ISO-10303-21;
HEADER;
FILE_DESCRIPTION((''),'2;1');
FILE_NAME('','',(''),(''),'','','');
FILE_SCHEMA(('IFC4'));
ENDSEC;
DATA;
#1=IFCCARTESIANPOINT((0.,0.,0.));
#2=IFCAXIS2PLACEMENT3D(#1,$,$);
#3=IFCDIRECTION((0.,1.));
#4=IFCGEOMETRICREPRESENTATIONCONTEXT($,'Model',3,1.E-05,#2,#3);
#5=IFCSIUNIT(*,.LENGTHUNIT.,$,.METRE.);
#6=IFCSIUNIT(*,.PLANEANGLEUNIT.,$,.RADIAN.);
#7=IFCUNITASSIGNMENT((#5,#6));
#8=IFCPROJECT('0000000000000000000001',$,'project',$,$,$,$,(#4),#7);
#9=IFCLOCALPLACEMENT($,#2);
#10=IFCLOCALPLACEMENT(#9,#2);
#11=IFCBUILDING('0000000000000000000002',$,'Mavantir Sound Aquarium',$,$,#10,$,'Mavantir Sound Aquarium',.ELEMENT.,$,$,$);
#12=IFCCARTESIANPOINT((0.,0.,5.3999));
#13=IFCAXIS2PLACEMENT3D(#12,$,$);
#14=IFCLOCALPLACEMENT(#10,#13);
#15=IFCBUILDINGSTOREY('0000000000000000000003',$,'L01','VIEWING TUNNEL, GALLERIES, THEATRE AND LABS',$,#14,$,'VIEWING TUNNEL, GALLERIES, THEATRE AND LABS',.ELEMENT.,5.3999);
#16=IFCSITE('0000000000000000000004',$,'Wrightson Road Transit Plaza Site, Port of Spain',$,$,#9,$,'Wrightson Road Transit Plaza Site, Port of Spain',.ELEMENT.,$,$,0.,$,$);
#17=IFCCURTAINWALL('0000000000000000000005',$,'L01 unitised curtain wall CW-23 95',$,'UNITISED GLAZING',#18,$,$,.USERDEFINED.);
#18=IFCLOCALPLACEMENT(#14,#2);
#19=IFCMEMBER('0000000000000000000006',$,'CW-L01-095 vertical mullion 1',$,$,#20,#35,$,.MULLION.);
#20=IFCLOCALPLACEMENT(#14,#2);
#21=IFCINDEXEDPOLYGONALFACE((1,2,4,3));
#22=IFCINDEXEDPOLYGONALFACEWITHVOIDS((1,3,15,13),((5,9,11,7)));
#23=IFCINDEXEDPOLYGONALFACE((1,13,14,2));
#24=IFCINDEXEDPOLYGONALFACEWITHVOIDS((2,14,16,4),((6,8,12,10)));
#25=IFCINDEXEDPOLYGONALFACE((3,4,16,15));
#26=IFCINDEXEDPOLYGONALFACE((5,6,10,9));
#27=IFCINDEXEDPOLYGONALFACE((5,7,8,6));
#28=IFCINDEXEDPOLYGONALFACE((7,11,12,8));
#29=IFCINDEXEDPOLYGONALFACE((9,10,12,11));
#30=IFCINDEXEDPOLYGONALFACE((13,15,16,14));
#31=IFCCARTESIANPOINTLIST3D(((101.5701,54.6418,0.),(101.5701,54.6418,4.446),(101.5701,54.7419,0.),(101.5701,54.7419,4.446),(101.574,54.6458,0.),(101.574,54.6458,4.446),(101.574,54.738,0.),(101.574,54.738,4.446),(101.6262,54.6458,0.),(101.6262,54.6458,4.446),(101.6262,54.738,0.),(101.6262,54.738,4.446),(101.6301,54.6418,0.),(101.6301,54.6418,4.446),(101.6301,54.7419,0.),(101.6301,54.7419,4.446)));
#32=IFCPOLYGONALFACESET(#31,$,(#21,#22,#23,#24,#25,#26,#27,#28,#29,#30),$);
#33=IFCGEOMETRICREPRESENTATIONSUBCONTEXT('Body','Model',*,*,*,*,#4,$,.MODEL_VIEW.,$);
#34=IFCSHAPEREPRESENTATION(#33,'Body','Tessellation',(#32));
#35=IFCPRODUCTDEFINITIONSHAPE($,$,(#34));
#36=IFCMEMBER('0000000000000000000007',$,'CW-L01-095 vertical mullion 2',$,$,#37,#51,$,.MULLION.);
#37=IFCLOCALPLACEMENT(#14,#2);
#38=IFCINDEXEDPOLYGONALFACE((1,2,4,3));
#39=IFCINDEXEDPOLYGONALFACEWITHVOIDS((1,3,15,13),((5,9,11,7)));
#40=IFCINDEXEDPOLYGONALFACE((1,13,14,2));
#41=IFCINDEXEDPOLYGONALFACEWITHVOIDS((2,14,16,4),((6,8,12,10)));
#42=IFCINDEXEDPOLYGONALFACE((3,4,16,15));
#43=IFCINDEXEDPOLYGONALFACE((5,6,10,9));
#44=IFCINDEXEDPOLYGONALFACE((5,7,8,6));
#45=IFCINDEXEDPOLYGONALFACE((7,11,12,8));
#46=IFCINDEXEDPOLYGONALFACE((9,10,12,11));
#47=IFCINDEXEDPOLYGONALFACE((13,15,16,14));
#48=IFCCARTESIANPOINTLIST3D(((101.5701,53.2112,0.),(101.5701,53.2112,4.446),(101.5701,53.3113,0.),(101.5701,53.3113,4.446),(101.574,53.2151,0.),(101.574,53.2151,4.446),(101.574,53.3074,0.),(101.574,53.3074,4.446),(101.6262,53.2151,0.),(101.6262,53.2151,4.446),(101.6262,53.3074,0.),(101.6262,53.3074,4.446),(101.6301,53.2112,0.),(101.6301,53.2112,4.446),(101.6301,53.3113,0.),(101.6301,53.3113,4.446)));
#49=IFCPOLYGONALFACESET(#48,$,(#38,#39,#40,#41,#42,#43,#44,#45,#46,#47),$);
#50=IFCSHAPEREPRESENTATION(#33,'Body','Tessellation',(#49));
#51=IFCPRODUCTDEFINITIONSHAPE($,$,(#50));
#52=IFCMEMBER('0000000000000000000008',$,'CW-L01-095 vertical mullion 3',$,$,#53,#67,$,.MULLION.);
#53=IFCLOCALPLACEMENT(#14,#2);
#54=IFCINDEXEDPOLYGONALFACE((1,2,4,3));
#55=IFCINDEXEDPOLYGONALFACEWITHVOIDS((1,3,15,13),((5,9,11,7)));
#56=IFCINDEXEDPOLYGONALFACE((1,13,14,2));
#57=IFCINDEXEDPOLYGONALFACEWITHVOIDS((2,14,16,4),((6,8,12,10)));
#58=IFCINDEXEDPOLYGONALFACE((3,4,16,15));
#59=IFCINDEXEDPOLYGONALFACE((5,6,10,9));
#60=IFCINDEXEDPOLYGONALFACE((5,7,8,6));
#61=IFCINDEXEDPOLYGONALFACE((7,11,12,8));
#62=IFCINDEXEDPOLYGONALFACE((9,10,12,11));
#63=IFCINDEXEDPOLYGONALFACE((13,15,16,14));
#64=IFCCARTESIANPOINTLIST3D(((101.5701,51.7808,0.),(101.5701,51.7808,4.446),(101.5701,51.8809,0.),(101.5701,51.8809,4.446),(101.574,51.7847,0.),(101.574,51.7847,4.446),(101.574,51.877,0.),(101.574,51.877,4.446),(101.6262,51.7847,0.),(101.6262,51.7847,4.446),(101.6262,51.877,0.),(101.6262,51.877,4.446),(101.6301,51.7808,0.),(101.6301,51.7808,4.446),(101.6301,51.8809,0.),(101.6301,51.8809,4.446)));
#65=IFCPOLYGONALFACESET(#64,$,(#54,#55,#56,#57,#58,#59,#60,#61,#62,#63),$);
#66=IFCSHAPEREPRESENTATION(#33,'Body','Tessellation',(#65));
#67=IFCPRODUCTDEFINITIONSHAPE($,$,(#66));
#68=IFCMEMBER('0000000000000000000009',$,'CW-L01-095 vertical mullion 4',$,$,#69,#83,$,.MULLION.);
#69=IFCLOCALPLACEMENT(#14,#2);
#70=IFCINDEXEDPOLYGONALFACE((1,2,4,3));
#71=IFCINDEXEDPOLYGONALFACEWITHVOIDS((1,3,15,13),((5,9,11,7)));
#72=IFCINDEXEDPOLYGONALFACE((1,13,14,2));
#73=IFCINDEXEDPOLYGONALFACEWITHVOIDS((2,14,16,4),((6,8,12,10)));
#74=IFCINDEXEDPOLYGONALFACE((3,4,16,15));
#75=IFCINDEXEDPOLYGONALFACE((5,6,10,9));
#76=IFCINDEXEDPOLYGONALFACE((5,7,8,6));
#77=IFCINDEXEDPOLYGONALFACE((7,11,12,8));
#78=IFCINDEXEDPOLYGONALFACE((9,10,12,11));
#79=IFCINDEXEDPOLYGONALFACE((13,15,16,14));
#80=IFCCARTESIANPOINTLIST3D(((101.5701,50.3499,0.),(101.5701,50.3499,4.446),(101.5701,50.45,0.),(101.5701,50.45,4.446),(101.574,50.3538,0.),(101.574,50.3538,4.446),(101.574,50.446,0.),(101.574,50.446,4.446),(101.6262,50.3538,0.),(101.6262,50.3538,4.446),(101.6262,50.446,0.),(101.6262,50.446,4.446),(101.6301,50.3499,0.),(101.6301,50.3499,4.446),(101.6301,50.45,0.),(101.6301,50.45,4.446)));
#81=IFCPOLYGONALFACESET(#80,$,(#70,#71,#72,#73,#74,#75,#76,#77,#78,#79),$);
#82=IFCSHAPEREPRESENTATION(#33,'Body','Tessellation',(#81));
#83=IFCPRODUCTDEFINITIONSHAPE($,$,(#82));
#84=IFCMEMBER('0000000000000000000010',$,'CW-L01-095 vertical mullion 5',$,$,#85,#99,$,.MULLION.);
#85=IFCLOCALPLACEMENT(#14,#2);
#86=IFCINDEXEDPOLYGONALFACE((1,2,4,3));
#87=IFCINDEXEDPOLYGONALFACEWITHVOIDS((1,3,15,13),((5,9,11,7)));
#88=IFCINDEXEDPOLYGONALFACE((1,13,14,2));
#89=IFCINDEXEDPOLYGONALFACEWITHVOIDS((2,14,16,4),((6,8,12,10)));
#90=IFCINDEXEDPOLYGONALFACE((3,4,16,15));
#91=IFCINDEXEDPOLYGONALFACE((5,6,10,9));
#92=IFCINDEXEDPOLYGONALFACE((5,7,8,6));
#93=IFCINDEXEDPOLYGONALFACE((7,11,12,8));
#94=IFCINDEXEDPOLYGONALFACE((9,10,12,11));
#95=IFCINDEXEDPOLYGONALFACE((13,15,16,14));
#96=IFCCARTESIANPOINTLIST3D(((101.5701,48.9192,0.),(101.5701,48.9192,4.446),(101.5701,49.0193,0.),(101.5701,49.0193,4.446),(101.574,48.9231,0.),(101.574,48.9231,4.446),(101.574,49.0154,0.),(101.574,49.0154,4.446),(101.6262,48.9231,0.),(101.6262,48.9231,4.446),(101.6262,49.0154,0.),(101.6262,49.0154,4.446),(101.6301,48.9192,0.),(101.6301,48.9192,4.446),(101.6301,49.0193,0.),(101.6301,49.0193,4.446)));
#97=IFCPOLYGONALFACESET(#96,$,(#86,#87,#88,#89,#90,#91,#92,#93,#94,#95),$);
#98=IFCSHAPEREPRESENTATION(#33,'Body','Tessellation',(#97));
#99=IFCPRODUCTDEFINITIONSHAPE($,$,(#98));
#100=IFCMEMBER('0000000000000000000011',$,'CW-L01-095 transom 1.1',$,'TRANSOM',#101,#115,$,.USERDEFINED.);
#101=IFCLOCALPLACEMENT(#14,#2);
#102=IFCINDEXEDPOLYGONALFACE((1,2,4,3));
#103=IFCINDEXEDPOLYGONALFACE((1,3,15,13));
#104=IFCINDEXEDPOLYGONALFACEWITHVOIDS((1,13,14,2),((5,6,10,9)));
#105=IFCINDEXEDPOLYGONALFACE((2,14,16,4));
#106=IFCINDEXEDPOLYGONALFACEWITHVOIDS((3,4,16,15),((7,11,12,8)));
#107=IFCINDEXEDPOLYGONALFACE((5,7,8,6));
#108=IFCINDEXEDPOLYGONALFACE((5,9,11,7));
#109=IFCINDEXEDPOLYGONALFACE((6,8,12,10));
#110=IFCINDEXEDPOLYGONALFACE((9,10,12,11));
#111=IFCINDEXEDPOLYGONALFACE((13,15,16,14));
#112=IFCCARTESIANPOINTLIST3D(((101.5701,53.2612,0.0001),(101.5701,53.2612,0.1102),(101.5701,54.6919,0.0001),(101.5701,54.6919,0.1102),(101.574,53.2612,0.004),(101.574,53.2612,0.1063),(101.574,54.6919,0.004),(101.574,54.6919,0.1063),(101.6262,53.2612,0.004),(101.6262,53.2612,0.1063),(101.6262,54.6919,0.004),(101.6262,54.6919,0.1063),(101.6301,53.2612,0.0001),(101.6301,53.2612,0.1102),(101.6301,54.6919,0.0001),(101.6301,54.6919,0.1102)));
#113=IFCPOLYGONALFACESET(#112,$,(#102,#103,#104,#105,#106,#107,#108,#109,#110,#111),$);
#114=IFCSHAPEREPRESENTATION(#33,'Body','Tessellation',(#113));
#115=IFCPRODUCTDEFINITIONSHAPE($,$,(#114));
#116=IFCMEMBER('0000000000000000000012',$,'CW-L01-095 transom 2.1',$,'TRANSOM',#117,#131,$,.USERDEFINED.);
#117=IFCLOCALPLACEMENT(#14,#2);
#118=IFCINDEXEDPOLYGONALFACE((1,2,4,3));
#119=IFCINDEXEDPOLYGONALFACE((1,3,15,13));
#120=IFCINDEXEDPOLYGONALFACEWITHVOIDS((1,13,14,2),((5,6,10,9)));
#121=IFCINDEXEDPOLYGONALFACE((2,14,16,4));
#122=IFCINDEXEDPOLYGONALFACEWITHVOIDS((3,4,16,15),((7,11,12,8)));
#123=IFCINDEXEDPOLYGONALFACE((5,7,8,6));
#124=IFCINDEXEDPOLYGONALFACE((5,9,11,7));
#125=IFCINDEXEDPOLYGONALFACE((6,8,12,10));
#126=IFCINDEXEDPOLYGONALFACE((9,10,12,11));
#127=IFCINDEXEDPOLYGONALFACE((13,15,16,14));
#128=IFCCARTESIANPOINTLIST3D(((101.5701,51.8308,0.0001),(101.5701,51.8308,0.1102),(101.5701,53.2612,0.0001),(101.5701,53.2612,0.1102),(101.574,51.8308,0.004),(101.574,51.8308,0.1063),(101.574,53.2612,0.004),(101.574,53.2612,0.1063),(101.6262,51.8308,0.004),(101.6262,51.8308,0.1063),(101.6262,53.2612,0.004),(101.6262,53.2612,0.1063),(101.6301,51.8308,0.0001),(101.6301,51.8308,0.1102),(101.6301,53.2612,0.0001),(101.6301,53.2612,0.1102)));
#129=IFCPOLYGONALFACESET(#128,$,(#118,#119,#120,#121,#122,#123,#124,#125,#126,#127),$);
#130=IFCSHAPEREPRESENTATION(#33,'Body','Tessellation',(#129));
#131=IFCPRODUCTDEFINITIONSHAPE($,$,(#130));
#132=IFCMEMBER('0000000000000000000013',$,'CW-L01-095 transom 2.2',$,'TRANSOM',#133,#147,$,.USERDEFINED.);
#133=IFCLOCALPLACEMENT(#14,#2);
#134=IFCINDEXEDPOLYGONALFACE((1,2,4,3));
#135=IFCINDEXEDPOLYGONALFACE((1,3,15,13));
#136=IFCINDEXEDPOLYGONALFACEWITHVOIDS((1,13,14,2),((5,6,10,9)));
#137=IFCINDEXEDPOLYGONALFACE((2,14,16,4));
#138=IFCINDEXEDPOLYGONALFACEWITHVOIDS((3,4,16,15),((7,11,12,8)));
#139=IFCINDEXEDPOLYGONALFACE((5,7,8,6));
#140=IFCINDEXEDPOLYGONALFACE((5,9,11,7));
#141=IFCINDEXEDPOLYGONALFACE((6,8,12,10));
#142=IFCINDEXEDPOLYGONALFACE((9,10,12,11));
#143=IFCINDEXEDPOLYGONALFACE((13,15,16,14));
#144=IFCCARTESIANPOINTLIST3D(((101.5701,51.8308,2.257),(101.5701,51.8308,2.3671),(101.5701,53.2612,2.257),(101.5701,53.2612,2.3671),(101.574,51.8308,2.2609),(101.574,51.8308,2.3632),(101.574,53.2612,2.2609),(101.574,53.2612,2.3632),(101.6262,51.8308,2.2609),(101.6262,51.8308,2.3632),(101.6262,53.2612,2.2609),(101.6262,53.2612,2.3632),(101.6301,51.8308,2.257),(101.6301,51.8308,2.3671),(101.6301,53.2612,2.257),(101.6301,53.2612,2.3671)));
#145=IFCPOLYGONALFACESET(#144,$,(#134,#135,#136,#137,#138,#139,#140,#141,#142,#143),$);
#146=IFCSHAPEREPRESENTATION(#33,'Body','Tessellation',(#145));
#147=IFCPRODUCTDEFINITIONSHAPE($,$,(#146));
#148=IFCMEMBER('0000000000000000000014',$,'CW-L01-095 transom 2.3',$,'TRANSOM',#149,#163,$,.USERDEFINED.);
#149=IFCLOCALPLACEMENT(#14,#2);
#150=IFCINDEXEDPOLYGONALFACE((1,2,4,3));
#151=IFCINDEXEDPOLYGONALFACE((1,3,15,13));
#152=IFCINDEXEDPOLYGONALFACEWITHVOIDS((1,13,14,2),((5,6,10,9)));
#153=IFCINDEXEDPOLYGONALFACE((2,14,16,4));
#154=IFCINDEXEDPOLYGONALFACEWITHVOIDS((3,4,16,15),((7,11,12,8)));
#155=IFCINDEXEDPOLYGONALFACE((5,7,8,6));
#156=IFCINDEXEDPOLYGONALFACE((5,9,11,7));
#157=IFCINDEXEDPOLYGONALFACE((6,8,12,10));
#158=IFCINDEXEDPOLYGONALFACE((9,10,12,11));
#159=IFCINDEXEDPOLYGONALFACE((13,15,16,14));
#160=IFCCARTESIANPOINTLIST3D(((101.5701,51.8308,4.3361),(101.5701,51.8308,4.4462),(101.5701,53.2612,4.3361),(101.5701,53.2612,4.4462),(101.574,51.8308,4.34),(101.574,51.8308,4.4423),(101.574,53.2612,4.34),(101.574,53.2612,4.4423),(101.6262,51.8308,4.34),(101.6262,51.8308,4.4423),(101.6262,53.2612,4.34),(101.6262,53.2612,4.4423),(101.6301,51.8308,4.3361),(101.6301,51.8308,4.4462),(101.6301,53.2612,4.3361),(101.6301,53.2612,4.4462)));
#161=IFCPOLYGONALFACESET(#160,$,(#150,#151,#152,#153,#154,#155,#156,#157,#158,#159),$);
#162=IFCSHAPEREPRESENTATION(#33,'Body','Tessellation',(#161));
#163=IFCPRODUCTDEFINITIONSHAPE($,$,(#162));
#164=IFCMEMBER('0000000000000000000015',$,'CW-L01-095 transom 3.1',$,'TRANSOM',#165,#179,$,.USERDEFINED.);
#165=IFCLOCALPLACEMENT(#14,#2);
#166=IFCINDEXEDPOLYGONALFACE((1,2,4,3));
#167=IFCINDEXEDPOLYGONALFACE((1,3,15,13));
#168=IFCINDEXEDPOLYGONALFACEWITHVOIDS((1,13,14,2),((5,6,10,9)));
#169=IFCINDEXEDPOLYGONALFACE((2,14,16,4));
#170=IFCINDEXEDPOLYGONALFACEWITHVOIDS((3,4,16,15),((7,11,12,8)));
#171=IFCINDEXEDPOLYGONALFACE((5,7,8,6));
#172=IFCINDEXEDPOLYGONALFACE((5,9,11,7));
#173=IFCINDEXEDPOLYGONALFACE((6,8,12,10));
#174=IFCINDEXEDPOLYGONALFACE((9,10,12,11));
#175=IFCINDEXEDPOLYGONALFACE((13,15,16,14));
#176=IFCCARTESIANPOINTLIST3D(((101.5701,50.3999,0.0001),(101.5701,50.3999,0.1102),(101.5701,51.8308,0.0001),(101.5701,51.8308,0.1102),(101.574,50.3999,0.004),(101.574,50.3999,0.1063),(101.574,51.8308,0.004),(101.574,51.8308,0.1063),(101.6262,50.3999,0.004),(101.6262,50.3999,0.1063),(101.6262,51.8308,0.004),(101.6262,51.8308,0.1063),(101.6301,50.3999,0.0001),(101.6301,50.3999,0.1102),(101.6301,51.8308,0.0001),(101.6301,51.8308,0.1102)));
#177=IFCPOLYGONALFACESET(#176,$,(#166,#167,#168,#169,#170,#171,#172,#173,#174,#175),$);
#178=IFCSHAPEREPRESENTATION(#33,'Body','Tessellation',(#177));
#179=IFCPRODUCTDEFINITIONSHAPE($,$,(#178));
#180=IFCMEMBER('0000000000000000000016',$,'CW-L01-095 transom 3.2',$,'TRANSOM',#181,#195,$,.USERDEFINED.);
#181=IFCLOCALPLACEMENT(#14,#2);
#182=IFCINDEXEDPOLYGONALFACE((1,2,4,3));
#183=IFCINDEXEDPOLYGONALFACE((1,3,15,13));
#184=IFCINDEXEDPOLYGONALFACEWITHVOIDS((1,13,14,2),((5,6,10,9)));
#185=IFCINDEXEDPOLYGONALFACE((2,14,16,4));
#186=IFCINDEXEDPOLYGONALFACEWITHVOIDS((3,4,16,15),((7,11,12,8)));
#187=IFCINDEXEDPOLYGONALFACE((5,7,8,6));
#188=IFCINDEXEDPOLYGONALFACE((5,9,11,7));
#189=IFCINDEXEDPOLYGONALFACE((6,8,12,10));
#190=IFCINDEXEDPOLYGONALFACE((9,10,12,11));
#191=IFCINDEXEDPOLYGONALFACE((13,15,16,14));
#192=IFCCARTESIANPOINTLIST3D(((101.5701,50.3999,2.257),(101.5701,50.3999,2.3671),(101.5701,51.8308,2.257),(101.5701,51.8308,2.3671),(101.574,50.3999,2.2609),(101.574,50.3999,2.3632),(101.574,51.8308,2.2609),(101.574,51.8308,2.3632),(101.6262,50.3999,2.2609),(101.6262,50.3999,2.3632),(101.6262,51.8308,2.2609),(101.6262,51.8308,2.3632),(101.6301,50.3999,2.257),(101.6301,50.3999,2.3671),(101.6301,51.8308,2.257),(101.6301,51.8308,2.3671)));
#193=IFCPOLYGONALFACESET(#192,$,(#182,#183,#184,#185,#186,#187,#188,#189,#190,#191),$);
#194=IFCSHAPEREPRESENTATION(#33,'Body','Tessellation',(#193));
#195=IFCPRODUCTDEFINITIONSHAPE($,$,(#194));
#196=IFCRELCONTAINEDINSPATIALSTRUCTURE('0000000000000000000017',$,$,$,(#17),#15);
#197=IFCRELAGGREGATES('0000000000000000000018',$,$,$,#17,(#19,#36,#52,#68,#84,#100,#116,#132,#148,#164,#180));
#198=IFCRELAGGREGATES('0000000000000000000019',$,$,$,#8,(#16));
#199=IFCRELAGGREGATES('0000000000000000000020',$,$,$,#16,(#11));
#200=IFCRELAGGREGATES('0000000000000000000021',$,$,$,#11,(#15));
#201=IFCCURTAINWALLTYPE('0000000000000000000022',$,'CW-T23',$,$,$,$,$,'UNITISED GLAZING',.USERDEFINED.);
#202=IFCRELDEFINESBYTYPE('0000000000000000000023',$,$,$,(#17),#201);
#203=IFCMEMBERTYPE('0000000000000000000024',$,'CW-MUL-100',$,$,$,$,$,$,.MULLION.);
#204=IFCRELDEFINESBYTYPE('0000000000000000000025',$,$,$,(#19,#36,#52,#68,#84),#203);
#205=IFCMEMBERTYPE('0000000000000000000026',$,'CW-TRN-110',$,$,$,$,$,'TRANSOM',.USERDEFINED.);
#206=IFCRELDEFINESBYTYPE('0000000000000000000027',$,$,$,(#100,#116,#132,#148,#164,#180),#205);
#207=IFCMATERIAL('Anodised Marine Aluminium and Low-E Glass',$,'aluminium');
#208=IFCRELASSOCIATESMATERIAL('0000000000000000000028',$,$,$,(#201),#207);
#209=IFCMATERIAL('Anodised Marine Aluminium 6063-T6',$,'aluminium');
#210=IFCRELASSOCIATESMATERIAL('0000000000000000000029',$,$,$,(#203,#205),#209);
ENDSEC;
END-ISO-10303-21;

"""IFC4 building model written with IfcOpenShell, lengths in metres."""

from ifc_helpers import new_model, si_unit, direction, frame, origin, origin_2d, place, context, subcontext, project, spatial, hollow_rectangle, extrude, material, material_profile, profile_set, type_object, element, aggregate, save


model = new_model("IFC4")

# Units and contexts
model_context = context("Model", 3, precision=1e-05, world=origin(), true_north=direction((0.0, 1.0)))
body_context = subcontext(model_context, "Body", "Model", "MODEL_VIEW")
ifc_project = project(units=[si_unit("LENGTHUNIT", "METRE"), si_unit("PLANEANGLEUNIT", "RADIAN")], contexts=[model_context])

# Site, building, storey
site_placement = place(None, origin())
site = spatial("IfcSite", under=ifc_project, at=site_placement, Name="Wrightson Road Transit Plaza Site, Port of Spain", LongName="Wrightson Road Transit Plaza Site, Port of Spain", CompositionType="ELEMENT", RefElevation=0.0)
building_placement = place(site_placement, origin())
building = spatial("IfcBuilding", under=site, at=building_placement, Name="Mavantir Sound Aquarium", LongName="Mavantir Sound Aquarium", CompositionType="ELEMENT")
storey_placement = place(building_placement, frame((0.0, 0.0, 5.3999)))
storey = spatial("IfcBuildingStorey", under=building, at=storey_placement, Name="L01", Description="VIEWING TUNNEL, GALLERIES, THEATRE AND LABS", LongName="VIEWING TUNNEL, GALLERIES, THEATRE AND LABS", CompositionType="ELEMENT", Elevation=5.3999)

# Curtain wall, members
ifc_material_1 = material(Name="Anodised Marine Aluminium and Low-E Glass", Category="aluminium")
curtain_wall_type = type_object("IfcCurtainWallType", Name="CW-T23", ElementType="UNITISED GLAZING", PredefinedType="USERDEFINED", material=ifc_material_1)
curtain_wall_placement = place(storey_placement, origin())
curtain_wall = element("IfcCurtainWall", 1, at=curtain_wall_placement, inside=storey, type_object=curtain_wall_type, Name="L01 unitised curtain wall CW-23 95", ObjectType="UNITISED GLAZING", PredefinedType="USERDEFINED")
ifc_material_2 = material(Name="Anodised Marine Aluminium 6063-T6", Category="aluminium")
ifc_material_profile_1 = material_profile(ifc_material_2, hollow_rectangle(XDim=0.0601, YDim=0.1001, WallThickness=0.0039, at=origin_2d()), Name="ALU-MULLION-100X60")
ifc_profile_set_1 = profile_set([ifc_material_profile_1], Name="Anodised Marine Aluminium 6063-T6")
member_type_1 = type_object("IfcMemberType", Name="CW-MUL-100", PredefinedType="MULLION", material=ifc_profile_set_1)
member_1_placement = place(storey_placement, frame((101.6001, 54.6919, 0.0), z_axis=(0.0, 0.0, 1.0), x_axis=(1.0, 0.0, 0.0)))
member_1 = element("IfcMember", 2, at=member_1_placement, type_object=member_type_1, Name="CW-L01-095 vertical mullion 1", PredefinedType="MULLION", context=body_context, shape_type="SweptSolid", body=[
    extrude(hollow_rectangle(XDim=0.0601, YDim=0.1001, WallThickness=0.0039, at=origin_2d()), origin(), (0.0, 0.0, 1.0), 4.446),
])
member_2_placement = place(storey_placement, frame((101.6001, 53.2612, 0.0), z_axis=(0.0, 0.0, 1.0), x_axis=(1.0, 0.0, 0.0)))
member_2 = element("IfcMember", 3, at=member_2_placement, type_object=member_type_1, Name="CW-L01-095 vertical mullion 2", PredefinedType="MULLION", context=body_context, shape_type="SweptSolid", body=[
    extrude(hollow_rectangle(XDim=0.0601, YDim=0.1001, WallThickness=0.0039, at=origin_2d()), origin(), (0.0, 0.0, 1.0), 4.446),
])
member_3_placement = place(storey_placement, frame((101.6001, 51.8308, 0.0), z_axis=(0.0, 0.0, 1.0), x_axis=(1.0, 0.0, 0.0)))
member_3 = element("IfcMember", 4, at=member_3_placement, type_object=member_type_1, Name="CW-L01-095 vertical mullion 3", PredefinedType="MULLION", context=body_context, shape_type="SweptSolid", body=[
    extrude(hollow_rectangle(XDim=0.0601, YDim=0.1001, WallThickness=0.0039, at=origin_2d()), origin(), (0.0, 0.0, 1.0), 4.446),
])
member_4_placement = place(storey_placement, frame((101.6001, 50.3999, 0.0), z_axis=(0.0, 0.0, 1.0), x_axis=(1.0, 0.0, 0.0)))
member_4 = element("IfcMember", 5, at=member_4_placement, type_object=member_type_1, Name="CW-L01-095 vertical mullion 4", PredefinedType="MULLION", context=body_context, shape_type="SweptSolid", body=[
    extrude(hollow_rectangle(XDim=0.0601, YDim=0.1001, WallThickness=0.0039, at=origin_2d()), origin(), (0.0, 0.0, 1.0), 4.446),
])
member_5_placement = place(storey_placement, frame((101.6001, 48.9692, 0.0), z_axis=(0.0, 0.0, 1.0), x_axis=(1.0, 0.0, 0.0)))
member_5 = element("IfcMember", 6, at=member_5_placement, type_object=member_type_1, Name="CW-L01-095 vertical mullion 5", PredefinedType="MULLION", context=body_context, shape_type="SweptSolid", body=[
    extrude(hollow_rectangle(XDim=0.0601, YDim=0.1001, WallThickness=0.0039, at=origin_2d()), origin(), (0.0, 0.0, 1.0), 4.446),
])
ifc_material_profile_2 = material_profile(ifc_material_2, hollow_rectangle(XDim=0.0601, YDim=0.1101, WallThickness=0.0039, at=origin_2d()), Name="ALU-TRANSOM-110X60")
ifc_profile_set_2 = profile_set([ifc_material_profile_2], Name="Anodised Marine Aluminium 6063-T6")
member_type_2 = type_object("IfcMemberType", Name="CW-TRN-110", ElementType="TRANSOM", PredefinedType="USERDEFINED", material=ifc_profile_set_2)
member_6_placement = place(storey_placement, frame((101.6001, 54.6919, 0.0552), z_axis=(0.0, -1.0, 0.0), x_axis=(1.0, 0.0, 0.0)))
member_6 = element("IfcMember", 7, at=member_6_placement, type_object=member_type_2, Name="CW-L01-095 transom 1.1", ObjectType="TRANSOM", PredefinedType="USERDEFINED", context=body_context, shape_type="SweptSolid", body=[
    extrude(hollow_rectangle(XDim=0.0601, YDim=0.1101, WallThickness=0.0039, at=origin_2d()), origin(), (0.0, 0.0, 1.0), 1.4307),
])
member_7_placement = place(storey_placement, frame((101.6001, 53.2612, 0.0552), z_axis=(0.0, -1.0, 0.0), x_axis=(1.0, 0.0, 0.0)))
member_7 = element("IfcMember", 8, at=member_7_placement, type_object=member_type_2, Name="CW-L01-095 transom 2.1", ObjectType="TRANSOM", PredefinedType="USERDEFINED", context=body_context, shape_type="SweptSolid", body=[
    extrude(hollow_rectangle(XDim=0.0601, YDim=0.1101, WallThickness=0.0039, at=origin_2d()), origin(), (0.0, 0.0, 1.0), 1.4304),
])
member_8_placement = place(storey_placement, frame((101.6001, 53.2612, 2.312), z_axis=(0.0, -1.0, 0.0), x_axis=(1.0, 0.0, 0.0)))
member_8 = element("IfcMember", 9, at=member_8_placement, type_object=member_type_2, Name="CW-L01-095 transom 2.2", ObjectType="TRANSOM", PredefinedType="USERDEFINED", context=body_context, shape_type="SweptSolid", body=[
    extrude(hollow_rectangle(XDim=0.0601, YDim=0.1101, WallThickness=0.0039, at=origin_2d()), origin(), (0.0, 0.0, 1.0), 1.4304),
])
member_9_placement = place(storey_placement, frame((101.6001, 53.2612, 4.3911), z_axis=(0.0, -1.0, 0.0), x_axis=(1.0, 0.0, 0.0)))
member_9 = element("IfcMember", 10, at=member_9_placement, type_object=member_type_2, Name="CW-L01-095 transom 2.3", ObjectType="TRANSOM", PredefinedType="USERDEFINED", context=body_context, shape_type="SweptSolid", body=[
    extrude(hollow_rectangle(XDim=0.0601, YDim=0.1101, WallThickness=0.0039, at=origin_2d()), origin(), (0.0, 0.0, 1.0), 1.4304),
])
member_10_placement = place(storey_placement, frame((101.6001, 51.8308, 0.0552), z_axis=(0.0, -1.0, 0.0), x_axis=(1.0, 0.0, 0.0)))
member_10 = element("IfcMember", 11, at=member_10_placement, type_object=member_type_2, Name="CW-L01-095 transom 3.1", ObjectType="TRANSOM", PredefinedType="USERDEFINED", context=body_context, shape_type="SweptSolid", body=[
    extrude(hollow_rectangle(XDim=0.0601, YDim=0.1101, WallThickness=0.0039, at=origin_2d()), origin(), (0.0, 0.0, 1.0), 1.4309),
])
member_11_placement = place(storey_placement, frame((101.6001, 51.8308, 2.312), z_axis=(0.0, -1.0, 0.0), x_axis=(1.0, 0.0, 0.0)))
member_11 = element("IfcMember", 12, at=member_11_placement, type_object=member_type_2, Name="CW-L01-095 transom 3.2", ObjectType="TRANSOM", PredefinedType="USERDEFINED", context=body_context, shape_type="SweptSolid", body=[
    extrude(hollow_rectangle(XDim=0.0601, YDim=0.1101, WallThickness=0.0039, at=origin_2d()), origin(), (0.0, 0.0, 1.0), 1.4309),
])
aggregate(curtain_wall, [member_1, member_2, member_3, member_4, member_5, member_6, member_7, member_8, member_9, member_10, member_11])

save(model, "model.ifc")
